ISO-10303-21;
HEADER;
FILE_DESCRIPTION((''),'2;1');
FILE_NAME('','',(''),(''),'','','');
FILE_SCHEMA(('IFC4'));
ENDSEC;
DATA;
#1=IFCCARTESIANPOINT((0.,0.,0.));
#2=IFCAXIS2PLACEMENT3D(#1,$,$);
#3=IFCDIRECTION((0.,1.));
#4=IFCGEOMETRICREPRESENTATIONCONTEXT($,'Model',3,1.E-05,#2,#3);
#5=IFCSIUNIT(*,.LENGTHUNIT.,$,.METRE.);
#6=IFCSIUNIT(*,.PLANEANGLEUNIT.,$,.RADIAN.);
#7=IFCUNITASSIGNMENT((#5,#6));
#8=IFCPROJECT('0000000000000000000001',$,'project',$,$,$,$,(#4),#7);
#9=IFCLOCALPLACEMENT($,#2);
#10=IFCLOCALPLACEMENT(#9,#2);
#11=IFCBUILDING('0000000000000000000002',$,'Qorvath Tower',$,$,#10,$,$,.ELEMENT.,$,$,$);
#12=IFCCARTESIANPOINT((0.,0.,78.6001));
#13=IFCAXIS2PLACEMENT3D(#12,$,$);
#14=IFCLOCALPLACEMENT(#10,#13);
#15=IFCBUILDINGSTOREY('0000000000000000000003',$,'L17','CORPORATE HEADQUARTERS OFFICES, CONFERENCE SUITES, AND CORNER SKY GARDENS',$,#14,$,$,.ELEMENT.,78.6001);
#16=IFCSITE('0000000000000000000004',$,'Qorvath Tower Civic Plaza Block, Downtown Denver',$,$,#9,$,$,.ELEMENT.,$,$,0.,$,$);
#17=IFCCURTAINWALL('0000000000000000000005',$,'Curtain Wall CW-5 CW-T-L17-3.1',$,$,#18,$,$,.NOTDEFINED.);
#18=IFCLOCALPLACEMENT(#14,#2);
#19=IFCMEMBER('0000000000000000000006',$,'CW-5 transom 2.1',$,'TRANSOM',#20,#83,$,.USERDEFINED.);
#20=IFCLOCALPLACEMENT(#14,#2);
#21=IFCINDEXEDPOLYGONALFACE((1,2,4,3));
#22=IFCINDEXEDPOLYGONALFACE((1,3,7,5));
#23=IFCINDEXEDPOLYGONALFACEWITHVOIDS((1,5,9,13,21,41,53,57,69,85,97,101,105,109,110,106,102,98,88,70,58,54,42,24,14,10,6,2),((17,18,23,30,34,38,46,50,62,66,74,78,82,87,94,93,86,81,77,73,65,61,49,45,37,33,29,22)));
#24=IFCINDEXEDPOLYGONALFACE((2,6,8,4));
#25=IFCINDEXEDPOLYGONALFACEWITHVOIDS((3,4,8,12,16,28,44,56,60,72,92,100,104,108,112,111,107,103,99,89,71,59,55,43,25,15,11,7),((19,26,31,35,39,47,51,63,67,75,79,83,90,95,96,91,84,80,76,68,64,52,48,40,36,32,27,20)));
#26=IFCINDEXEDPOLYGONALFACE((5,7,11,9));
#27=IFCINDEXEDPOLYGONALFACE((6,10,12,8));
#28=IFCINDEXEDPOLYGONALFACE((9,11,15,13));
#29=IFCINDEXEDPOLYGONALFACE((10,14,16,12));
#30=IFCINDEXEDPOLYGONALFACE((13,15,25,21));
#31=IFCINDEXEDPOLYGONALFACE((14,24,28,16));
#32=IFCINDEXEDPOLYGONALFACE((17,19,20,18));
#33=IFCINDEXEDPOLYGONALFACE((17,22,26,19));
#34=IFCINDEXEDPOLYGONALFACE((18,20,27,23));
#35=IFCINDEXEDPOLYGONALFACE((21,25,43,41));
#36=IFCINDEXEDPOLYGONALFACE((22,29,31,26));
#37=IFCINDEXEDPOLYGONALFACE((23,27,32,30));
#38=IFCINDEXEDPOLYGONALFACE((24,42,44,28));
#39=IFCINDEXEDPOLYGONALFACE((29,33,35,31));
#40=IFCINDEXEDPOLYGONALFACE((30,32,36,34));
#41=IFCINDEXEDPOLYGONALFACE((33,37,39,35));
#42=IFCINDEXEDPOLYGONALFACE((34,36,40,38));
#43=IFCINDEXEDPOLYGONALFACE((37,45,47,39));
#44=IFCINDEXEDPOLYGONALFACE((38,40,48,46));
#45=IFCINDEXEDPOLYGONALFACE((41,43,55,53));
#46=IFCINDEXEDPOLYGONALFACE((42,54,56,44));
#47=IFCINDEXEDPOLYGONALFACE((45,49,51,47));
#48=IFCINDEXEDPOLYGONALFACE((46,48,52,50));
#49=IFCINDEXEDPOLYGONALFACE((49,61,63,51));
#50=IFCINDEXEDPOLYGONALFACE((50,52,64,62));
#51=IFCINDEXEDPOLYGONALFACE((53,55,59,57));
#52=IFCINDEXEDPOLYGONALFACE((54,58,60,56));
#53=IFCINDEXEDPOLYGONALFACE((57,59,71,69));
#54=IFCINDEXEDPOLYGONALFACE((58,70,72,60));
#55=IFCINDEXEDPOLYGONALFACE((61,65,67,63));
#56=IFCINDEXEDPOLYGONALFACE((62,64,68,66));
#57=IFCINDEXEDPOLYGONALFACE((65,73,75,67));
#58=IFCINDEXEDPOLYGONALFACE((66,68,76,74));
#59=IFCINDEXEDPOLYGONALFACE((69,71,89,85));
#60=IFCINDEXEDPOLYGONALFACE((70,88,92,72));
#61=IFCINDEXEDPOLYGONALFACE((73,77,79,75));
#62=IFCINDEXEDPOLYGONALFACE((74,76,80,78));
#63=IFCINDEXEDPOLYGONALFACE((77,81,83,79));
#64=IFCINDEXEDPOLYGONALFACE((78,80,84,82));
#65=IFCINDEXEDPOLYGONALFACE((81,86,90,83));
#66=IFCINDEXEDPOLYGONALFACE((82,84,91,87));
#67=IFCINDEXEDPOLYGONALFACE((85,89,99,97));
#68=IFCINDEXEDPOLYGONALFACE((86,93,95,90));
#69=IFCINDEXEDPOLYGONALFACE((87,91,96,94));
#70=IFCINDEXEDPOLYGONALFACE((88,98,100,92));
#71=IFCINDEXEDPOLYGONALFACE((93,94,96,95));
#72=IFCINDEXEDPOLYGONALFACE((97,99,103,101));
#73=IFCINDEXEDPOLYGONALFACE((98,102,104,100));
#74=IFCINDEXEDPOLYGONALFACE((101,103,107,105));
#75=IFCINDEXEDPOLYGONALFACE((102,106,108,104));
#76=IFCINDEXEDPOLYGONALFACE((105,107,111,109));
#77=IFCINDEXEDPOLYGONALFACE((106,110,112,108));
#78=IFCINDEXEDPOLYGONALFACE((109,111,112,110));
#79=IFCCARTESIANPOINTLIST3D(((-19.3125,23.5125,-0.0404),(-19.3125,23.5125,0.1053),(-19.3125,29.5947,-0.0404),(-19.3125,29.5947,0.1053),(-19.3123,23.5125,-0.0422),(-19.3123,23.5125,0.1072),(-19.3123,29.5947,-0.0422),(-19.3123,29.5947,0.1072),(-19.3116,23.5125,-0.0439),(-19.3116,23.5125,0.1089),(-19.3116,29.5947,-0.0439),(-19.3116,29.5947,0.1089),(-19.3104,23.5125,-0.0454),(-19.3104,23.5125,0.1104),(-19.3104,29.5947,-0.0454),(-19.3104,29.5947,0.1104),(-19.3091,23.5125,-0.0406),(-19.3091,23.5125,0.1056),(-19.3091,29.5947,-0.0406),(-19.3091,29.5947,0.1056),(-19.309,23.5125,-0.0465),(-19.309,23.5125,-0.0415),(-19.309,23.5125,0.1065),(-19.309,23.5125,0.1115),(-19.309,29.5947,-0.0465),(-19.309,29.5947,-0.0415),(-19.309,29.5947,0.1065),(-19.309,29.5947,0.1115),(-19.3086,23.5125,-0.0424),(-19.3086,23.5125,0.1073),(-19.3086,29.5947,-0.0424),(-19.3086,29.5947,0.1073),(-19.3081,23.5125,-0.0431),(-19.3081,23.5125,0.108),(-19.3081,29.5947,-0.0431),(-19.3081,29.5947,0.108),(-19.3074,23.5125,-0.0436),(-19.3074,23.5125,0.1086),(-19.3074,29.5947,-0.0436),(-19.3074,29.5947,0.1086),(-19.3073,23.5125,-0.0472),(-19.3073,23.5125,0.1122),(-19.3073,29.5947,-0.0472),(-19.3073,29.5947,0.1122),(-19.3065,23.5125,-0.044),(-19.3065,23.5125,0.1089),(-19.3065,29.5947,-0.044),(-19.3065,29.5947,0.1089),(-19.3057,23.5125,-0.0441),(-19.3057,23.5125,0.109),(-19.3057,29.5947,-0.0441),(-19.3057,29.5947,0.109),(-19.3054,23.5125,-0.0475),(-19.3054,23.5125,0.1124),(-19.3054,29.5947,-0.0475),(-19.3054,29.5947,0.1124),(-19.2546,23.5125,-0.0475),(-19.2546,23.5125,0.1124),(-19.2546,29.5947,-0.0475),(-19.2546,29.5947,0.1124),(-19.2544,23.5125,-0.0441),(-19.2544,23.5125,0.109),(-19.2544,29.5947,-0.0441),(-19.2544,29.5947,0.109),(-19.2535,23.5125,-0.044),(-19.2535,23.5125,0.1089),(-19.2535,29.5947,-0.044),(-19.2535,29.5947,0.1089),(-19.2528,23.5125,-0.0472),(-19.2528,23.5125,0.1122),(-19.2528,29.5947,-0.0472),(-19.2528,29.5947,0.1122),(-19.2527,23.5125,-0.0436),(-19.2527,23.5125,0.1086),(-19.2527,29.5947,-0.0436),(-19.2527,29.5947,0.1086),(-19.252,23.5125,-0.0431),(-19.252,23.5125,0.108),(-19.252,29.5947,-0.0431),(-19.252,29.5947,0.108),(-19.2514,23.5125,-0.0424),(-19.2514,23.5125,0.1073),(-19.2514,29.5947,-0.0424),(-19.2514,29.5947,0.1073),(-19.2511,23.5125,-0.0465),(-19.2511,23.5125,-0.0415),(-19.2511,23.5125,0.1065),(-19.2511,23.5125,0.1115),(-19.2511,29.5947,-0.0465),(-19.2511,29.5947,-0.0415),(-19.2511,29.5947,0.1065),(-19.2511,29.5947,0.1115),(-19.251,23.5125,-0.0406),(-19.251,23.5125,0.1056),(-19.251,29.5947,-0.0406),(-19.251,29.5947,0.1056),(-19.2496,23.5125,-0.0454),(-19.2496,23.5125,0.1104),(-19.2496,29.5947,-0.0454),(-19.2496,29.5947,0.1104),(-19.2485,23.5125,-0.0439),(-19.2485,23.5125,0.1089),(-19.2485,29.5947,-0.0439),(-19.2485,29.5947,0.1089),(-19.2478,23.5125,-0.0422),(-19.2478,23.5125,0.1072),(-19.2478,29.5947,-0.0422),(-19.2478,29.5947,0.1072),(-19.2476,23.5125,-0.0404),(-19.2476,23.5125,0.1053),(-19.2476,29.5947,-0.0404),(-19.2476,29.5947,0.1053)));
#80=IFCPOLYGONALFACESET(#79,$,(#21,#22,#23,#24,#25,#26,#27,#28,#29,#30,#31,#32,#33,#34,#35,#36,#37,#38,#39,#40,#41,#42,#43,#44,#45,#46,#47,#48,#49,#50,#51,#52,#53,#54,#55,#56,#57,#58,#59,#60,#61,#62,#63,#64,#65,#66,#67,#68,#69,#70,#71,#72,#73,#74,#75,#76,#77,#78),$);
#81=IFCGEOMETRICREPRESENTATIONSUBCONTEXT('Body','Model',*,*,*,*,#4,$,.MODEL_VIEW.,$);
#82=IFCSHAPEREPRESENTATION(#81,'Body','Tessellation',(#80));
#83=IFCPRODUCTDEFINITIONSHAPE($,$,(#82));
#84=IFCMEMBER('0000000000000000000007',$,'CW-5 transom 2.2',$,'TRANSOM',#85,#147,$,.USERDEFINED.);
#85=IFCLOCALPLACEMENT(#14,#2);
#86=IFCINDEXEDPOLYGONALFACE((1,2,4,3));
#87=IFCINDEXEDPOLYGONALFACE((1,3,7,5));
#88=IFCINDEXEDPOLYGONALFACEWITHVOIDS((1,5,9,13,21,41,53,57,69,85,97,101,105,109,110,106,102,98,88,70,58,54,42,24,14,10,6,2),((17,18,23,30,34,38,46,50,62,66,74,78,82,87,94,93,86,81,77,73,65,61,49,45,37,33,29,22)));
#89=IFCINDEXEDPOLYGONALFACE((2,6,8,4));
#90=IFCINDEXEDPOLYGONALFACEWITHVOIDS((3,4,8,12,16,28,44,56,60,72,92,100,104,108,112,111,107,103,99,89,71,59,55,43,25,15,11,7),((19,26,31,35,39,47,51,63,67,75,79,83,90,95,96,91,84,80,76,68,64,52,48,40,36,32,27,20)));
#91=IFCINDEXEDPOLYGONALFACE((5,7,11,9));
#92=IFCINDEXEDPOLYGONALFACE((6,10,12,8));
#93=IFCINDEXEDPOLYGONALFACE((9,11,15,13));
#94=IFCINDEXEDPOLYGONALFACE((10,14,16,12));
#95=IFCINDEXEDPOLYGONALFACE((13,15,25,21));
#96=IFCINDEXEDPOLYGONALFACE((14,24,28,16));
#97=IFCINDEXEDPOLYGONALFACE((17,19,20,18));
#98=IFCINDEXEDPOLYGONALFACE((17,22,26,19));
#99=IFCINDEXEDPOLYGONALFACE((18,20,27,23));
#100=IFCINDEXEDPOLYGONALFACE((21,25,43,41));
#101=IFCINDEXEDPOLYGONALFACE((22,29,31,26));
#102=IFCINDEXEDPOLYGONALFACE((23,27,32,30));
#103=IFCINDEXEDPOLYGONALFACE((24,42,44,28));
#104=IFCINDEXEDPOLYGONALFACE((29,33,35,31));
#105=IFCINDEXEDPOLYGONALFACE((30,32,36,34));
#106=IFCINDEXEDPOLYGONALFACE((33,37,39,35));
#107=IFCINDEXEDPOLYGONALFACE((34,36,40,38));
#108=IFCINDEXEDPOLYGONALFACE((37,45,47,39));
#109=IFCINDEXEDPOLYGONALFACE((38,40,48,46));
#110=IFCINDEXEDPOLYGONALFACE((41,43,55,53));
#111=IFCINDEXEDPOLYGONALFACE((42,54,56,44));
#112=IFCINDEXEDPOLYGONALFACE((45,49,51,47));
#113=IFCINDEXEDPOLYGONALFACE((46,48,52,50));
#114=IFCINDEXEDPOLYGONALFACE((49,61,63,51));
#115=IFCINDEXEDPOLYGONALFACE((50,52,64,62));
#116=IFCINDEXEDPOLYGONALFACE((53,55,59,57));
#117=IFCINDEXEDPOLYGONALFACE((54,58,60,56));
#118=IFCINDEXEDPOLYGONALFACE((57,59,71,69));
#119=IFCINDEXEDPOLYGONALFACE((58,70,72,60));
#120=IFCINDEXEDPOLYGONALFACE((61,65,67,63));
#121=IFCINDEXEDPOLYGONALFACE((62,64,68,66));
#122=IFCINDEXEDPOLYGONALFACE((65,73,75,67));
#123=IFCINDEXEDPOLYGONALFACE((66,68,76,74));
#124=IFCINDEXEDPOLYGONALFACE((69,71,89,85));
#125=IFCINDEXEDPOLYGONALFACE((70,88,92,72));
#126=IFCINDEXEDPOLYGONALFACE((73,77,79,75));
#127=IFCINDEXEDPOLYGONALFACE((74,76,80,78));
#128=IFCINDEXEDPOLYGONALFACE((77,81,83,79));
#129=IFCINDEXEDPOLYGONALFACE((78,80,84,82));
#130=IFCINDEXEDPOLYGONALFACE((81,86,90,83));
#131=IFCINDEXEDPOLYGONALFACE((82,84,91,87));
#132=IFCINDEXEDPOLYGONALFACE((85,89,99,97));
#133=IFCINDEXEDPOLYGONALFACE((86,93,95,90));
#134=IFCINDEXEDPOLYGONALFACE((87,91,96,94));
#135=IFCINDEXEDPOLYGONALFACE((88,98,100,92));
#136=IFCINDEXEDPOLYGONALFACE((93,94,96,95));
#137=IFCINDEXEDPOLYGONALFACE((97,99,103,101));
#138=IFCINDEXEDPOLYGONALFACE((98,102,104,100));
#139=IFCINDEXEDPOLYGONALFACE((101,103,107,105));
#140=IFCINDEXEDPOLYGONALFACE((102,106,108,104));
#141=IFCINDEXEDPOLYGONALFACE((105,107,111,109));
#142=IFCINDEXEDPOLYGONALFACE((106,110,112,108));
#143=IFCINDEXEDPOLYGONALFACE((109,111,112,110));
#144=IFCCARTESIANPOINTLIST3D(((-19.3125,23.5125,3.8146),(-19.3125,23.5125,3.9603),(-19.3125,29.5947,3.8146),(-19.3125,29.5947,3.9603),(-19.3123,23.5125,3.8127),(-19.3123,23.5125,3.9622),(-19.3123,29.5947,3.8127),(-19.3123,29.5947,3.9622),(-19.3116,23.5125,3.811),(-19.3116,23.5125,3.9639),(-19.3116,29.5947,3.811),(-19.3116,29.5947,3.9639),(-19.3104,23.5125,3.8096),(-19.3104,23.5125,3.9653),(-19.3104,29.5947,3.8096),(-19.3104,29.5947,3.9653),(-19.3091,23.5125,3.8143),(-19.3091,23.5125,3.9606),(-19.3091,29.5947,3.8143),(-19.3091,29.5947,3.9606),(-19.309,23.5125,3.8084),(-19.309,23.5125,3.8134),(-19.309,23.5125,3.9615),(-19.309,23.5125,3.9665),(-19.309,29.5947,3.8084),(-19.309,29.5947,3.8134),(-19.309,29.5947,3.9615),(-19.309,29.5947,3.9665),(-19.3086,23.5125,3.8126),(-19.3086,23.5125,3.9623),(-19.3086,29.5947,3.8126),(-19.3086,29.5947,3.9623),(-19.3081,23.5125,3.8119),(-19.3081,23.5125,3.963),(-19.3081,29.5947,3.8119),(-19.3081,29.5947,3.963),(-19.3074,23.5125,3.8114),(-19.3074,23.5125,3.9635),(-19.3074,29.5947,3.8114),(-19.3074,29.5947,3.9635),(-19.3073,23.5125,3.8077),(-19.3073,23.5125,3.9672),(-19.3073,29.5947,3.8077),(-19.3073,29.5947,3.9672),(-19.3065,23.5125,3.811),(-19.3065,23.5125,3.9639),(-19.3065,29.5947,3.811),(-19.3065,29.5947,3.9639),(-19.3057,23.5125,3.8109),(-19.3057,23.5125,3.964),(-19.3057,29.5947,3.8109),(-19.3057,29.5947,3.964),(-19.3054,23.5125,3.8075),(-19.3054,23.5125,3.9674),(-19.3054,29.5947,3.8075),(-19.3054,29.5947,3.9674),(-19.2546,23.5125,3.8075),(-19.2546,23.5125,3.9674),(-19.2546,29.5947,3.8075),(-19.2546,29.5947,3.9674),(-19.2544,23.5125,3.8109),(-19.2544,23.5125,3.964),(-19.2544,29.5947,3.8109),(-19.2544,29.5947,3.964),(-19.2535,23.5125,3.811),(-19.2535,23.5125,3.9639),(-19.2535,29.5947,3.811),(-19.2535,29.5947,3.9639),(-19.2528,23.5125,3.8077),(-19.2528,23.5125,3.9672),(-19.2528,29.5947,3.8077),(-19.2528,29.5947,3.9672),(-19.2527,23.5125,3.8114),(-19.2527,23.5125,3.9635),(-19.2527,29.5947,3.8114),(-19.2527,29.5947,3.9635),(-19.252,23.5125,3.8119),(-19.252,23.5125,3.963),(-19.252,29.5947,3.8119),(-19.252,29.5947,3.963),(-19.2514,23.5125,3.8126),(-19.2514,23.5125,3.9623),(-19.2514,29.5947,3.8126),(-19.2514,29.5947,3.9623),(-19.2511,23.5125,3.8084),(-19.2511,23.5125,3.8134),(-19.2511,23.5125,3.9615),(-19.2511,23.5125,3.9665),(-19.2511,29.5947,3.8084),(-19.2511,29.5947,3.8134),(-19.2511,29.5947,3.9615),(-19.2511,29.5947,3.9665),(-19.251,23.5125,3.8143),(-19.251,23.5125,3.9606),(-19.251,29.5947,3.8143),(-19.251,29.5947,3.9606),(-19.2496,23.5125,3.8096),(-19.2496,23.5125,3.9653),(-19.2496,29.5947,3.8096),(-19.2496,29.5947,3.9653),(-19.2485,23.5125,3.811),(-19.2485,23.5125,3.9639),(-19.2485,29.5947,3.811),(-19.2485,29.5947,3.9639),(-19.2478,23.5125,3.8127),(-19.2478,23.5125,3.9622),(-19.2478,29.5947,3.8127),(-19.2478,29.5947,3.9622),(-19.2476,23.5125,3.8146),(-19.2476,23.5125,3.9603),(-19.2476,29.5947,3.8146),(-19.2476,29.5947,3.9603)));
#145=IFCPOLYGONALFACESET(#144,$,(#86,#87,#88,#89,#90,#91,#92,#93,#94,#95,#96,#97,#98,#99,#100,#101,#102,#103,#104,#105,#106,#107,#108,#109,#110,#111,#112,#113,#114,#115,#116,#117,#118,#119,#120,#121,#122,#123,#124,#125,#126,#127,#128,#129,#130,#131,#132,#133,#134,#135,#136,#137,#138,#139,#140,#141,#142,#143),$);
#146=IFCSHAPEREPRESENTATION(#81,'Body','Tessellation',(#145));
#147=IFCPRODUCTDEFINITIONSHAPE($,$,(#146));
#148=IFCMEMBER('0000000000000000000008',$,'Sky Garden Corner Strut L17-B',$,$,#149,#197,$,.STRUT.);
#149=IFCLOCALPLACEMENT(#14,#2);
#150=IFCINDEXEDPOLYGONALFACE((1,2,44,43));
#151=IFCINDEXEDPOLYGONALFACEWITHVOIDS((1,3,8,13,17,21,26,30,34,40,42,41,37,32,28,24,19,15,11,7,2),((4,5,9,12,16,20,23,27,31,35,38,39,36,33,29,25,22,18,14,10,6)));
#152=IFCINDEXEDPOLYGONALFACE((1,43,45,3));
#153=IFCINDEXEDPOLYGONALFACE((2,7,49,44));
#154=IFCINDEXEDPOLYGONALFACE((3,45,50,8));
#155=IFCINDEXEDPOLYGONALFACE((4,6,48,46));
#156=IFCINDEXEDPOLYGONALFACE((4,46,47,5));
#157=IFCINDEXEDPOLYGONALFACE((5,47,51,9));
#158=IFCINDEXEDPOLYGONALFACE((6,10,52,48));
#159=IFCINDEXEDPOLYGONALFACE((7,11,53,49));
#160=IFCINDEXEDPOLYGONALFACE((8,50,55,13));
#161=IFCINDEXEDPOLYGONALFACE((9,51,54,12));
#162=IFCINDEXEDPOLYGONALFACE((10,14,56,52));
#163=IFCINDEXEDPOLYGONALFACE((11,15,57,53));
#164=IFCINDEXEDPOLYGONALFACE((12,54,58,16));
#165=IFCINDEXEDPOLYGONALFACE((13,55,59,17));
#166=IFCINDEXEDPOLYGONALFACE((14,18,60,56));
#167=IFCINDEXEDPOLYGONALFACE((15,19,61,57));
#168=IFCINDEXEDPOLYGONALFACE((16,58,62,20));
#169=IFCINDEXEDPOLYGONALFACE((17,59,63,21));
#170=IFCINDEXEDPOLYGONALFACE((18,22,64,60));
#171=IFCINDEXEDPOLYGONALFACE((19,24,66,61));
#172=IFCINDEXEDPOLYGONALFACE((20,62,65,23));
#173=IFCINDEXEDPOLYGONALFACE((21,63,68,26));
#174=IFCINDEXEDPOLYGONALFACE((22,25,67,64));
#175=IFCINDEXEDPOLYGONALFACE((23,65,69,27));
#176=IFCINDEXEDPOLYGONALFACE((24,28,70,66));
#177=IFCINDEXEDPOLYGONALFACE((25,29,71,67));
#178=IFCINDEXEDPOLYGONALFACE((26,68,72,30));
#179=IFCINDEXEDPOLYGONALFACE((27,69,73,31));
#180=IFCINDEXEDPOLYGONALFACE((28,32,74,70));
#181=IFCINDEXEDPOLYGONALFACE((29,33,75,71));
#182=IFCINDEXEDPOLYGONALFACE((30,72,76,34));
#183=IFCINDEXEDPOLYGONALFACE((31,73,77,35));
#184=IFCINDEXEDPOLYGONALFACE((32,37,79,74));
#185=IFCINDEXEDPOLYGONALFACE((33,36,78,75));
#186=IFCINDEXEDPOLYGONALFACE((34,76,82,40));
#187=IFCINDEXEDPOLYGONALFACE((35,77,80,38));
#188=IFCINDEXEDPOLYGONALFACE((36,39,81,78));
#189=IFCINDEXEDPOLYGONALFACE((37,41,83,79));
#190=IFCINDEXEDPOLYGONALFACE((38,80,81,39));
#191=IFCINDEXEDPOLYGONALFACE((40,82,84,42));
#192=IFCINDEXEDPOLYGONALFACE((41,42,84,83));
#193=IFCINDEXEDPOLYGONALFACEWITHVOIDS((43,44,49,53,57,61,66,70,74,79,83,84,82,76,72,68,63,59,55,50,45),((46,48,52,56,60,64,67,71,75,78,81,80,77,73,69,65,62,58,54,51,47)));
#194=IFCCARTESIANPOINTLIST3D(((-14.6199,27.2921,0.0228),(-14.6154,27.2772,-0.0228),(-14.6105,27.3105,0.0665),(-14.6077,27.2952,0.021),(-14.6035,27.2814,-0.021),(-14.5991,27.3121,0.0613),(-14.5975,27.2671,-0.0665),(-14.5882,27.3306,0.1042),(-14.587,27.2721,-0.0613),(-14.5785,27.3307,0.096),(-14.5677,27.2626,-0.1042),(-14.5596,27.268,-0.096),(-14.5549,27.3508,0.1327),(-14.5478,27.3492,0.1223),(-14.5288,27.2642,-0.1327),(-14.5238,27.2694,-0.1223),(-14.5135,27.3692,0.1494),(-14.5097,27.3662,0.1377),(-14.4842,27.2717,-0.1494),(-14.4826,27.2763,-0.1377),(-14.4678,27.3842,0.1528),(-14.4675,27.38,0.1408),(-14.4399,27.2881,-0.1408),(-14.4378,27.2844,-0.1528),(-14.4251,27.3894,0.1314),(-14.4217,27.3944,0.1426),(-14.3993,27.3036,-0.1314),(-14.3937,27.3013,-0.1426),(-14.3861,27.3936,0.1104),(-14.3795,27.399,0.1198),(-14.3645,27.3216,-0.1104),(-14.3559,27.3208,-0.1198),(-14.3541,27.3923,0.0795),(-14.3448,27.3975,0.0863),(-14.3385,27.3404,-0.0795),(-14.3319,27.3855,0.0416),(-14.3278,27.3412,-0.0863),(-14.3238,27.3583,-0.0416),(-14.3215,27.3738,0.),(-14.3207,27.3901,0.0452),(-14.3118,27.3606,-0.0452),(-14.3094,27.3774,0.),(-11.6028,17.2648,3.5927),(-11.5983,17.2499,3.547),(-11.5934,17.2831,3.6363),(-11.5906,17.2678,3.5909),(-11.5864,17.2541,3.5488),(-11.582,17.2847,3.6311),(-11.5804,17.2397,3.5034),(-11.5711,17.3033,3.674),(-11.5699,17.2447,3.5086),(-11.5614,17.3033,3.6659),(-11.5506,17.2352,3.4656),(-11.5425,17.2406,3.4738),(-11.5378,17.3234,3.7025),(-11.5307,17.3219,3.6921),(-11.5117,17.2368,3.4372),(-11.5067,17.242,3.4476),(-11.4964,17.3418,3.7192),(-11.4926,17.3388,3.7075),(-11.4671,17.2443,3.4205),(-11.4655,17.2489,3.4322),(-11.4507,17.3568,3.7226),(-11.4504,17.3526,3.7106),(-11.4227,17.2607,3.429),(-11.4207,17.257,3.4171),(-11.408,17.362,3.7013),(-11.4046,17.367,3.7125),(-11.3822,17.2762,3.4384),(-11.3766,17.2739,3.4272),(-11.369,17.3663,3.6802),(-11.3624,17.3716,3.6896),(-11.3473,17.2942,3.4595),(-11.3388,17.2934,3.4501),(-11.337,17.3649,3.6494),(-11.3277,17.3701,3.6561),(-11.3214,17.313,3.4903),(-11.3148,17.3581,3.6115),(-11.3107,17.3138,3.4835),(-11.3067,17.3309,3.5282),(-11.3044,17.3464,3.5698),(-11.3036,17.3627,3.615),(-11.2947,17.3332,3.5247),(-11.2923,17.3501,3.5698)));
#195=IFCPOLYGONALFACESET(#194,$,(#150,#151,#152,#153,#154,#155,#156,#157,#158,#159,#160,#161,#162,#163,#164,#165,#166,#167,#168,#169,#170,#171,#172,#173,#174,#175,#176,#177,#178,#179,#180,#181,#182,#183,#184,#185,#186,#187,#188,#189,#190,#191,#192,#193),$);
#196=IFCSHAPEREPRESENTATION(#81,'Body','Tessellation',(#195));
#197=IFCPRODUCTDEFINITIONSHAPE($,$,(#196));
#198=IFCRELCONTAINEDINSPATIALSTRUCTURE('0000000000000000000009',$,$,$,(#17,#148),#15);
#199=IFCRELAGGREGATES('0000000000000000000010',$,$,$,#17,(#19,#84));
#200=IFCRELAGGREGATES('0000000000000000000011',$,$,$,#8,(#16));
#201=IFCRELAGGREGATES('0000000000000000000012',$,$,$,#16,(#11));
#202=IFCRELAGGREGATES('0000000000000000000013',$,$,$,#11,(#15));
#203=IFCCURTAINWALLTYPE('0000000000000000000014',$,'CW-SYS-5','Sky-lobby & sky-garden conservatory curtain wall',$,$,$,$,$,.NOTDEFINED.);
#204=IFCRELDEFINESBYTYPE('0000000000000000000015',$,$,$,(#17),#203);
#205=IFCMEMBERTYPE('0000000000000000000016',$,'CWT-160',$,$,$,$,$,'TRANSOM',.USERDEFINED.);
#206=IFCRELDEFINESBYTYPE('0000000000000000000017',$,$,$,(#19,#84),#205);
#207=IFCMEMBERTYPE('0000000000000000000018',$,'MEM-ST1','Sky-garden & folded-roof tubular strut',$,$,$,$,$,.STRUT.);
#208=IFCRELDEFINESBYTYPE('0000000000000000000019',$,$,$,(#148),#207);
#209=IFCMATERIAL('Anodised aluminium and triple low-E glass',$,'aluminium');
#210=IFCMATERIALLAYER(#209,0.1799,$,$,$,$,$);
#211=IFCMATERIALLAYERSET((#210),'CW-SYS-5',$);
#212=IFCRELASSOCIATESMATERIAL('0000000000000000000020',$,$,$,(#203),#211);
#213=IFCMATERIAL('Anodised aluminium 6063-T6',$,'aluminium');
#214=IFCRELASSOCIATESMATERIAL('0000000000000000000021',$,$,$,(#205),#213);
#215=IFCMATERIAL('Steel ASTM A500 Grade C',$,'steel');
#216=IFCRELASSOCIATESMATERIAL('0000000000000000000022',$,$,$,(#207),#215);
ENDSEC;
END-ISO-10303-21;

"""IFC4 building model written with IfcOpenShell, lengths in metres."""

from ifc_helpers import new_model, si_unit, direction, frame, origin, origin_2d, place, context, subcontext, project, spatial, hollow_rectangle, hollow_circle, extrude, material, layer, layer_set, material_profile, profile_set, type_object, element, aggregate, save


model = new_model("IFC4")

# Units and contexts
model_context = context("Model", 3, precision=1e-05, world=origin(), true_north=direction((0.0, 1.0)))
body_context = subcontext(model_context, "Body", "Model", "MODEL_VIEW")
ifc_project = project(units=[si_unit("LENGTHUNIT", "METRE"), si_unit("PLANEANGLEUNIT", "RADIAN")], contexts=[model_context])

# Site, building, storey
site_placement = place(None, origin())
site = spatial("IfcSite", under=ifc_project, at=site_placement, Name="Qorvath Tower Civic Plaza Block, Downtown Denver", CompositionType="ELEMENT", RefElevation=0.0)
building_placement = place(site_placement, origin())
building = spatial("IfcBuilding", under=site, at=building_placement, Name="Qorvath Tower", CompositionType="ELEMENT")
storey_placement = place(building_placement, frame((0.0, 0.0, 78.6001)))
storey = spatial("IfcBuildingStorey", under=building, at=storey_placement, Name="L17", Description="CORPORATE HEADQUARTERS OFFICES, CONFERENCE SUITES, AND CORNER SKY GARDENS", CompositionType="ELEMENT", Elevation=78.6001)

# Curtain wall
ifc_material_1 = material(Name="Anodised aluminium and triple low-E glass", Category="aluminium")
ifc_layer_1 = layer(ifc_material_1, 0.1799)
ifc_layer_set_1 = layer_set([ifc_layer_1], Name="CW-SYS-5")
curtain_wall_type = type_object("IfcCurtainWallType", Name="CW-SYS-5", Description="Sky-lobby & sky-garden conservatory curtain wall", PredefinedType="NOTDEFINED", material=ifc_layer_set_1)
curtain_wall_1_placement = place(storey_placement, origin())
curtain_wall_1 = element("IfcCurtainWall", 1, at=curtain_wall_1_placement, inside=storey, type_object=curtain_wall_type, Name="Curtain Wall CW-5 CW-T-L17-3.1", PredefinedType="NOTDEFINED")

# Members
ifc_material_2 = material(Name="Anodised aluminium 6063-T6", Category="aluminium")
ifc_material_profile_1 = material_profile(ifc_material_2, hollow_rectangle(XDim=0.0649, YDim=0.1599, WallThickness=0.0034, InnerFilletRadius=0.0034, OuterFilletRadius=0.0071, at=origin_2d()), Name="CWT 160x65")
ifc_profile_set_1 = profile_set([ifc_material_profile_1], Name="Anodised aluminium 6063-T6")
member_type_1 = type_object("IfcMemberType", Name="CWT-160", ElementType="TRANSOM", PredefinedType="USERDEFINED", material=ifc_profile_set_1)
member_1_placement = place(storey_placement, frame((-19.28, 23.5125, 0.0325), z_axis=(0.0, 1.0, 0.0), x_axis=(-1.0, 0.0, 0.0)))
member_1 = element("IfcMember", 2, at=member_1_placement, type_object=member_type_1, Name="CW-5 transom 2.1", ObjectType="TRANSOM", PredefinedType="USERDEFINED", context=body_context, shape_type="SweptSolid", body=[
    extrude(hollow_rectangle(XDim=0.0649, YDim=0.1599, WallThickness=0.0034, InnerFilletRadius=0.0034, OuterFilletRadius=0.0071, at=origin_2d()), origin(), (0.0, 0.0, 1.0), 6.0823),
])
member_2_placement = place(storey_placement, frame((-19.28, 23.5125, 3.8875), z_axis=(0.0, 1.0, 0.0), x_axis=(-1.0, 0.0, 0.0)))
member_2 = element("IfcMember", 3, at=member_2_placement, type_object=member_type_1, Name="CW-5 transom 2.2", ObjectType="TRANSOM", PredefinedType="USERDEFINED", context=body_context, shape_type="SweptSolid", body=[
    extrude(hollow_rectangle(XDim=0.0649, YDim=0.1599, WallThickness=0.0034, InnerFilletRadius=0.0034, OuterFilletRadius=0.0071, at=origin_2d()), origin(), (0.0, 0.0, 1.0), 6.0823),
])
ifc_material_3 = material(Name="Steel ASTM A500 Grade C", Category="steel")
ifc_material_profile_2 = material_profile(ifc_material_3, hollow_circle(Radius=0.1619, WallThickness=0.0127, at=origin_2d()), Name="CHS 324x12.7")
ifc_profile_set_2 = profile_set([ifc_material_profile_2], Name="Steel ASTM A500 Grade C")
member_type_2 = type_object("IfcMemberType", Name="MEM-ST1", Description="Sky-garden & folded-roof tubular strut", PredefinedType="STRUT", material=ifc_profile_set_2)
member_3_placement = place(storey_placement, frame((-14.4644, 27.3308, 0.0), z_axis=(0.272714, -0.90637, 0.322676), x_axis=(0.957592, 0.288126, 0.0)))
element("IfcMember", 4, at=member_3_placement, inside=storey, type_object=member_type_2, Name="Sky Garden Corner Strut L17-B", PredefinedType="STRUT", context=body_context, shape_type="SweptSolid", body=[
    extrude(hollow_circle(Radius=0.1619, WallThickness=0.0127, at=origin_2d()), origin(), (0.0, 0.0, 1.0), 11.0632),
])

aggregate(curtain_wall_1, [member_1, member_2])

save(model, "model.ifc")
